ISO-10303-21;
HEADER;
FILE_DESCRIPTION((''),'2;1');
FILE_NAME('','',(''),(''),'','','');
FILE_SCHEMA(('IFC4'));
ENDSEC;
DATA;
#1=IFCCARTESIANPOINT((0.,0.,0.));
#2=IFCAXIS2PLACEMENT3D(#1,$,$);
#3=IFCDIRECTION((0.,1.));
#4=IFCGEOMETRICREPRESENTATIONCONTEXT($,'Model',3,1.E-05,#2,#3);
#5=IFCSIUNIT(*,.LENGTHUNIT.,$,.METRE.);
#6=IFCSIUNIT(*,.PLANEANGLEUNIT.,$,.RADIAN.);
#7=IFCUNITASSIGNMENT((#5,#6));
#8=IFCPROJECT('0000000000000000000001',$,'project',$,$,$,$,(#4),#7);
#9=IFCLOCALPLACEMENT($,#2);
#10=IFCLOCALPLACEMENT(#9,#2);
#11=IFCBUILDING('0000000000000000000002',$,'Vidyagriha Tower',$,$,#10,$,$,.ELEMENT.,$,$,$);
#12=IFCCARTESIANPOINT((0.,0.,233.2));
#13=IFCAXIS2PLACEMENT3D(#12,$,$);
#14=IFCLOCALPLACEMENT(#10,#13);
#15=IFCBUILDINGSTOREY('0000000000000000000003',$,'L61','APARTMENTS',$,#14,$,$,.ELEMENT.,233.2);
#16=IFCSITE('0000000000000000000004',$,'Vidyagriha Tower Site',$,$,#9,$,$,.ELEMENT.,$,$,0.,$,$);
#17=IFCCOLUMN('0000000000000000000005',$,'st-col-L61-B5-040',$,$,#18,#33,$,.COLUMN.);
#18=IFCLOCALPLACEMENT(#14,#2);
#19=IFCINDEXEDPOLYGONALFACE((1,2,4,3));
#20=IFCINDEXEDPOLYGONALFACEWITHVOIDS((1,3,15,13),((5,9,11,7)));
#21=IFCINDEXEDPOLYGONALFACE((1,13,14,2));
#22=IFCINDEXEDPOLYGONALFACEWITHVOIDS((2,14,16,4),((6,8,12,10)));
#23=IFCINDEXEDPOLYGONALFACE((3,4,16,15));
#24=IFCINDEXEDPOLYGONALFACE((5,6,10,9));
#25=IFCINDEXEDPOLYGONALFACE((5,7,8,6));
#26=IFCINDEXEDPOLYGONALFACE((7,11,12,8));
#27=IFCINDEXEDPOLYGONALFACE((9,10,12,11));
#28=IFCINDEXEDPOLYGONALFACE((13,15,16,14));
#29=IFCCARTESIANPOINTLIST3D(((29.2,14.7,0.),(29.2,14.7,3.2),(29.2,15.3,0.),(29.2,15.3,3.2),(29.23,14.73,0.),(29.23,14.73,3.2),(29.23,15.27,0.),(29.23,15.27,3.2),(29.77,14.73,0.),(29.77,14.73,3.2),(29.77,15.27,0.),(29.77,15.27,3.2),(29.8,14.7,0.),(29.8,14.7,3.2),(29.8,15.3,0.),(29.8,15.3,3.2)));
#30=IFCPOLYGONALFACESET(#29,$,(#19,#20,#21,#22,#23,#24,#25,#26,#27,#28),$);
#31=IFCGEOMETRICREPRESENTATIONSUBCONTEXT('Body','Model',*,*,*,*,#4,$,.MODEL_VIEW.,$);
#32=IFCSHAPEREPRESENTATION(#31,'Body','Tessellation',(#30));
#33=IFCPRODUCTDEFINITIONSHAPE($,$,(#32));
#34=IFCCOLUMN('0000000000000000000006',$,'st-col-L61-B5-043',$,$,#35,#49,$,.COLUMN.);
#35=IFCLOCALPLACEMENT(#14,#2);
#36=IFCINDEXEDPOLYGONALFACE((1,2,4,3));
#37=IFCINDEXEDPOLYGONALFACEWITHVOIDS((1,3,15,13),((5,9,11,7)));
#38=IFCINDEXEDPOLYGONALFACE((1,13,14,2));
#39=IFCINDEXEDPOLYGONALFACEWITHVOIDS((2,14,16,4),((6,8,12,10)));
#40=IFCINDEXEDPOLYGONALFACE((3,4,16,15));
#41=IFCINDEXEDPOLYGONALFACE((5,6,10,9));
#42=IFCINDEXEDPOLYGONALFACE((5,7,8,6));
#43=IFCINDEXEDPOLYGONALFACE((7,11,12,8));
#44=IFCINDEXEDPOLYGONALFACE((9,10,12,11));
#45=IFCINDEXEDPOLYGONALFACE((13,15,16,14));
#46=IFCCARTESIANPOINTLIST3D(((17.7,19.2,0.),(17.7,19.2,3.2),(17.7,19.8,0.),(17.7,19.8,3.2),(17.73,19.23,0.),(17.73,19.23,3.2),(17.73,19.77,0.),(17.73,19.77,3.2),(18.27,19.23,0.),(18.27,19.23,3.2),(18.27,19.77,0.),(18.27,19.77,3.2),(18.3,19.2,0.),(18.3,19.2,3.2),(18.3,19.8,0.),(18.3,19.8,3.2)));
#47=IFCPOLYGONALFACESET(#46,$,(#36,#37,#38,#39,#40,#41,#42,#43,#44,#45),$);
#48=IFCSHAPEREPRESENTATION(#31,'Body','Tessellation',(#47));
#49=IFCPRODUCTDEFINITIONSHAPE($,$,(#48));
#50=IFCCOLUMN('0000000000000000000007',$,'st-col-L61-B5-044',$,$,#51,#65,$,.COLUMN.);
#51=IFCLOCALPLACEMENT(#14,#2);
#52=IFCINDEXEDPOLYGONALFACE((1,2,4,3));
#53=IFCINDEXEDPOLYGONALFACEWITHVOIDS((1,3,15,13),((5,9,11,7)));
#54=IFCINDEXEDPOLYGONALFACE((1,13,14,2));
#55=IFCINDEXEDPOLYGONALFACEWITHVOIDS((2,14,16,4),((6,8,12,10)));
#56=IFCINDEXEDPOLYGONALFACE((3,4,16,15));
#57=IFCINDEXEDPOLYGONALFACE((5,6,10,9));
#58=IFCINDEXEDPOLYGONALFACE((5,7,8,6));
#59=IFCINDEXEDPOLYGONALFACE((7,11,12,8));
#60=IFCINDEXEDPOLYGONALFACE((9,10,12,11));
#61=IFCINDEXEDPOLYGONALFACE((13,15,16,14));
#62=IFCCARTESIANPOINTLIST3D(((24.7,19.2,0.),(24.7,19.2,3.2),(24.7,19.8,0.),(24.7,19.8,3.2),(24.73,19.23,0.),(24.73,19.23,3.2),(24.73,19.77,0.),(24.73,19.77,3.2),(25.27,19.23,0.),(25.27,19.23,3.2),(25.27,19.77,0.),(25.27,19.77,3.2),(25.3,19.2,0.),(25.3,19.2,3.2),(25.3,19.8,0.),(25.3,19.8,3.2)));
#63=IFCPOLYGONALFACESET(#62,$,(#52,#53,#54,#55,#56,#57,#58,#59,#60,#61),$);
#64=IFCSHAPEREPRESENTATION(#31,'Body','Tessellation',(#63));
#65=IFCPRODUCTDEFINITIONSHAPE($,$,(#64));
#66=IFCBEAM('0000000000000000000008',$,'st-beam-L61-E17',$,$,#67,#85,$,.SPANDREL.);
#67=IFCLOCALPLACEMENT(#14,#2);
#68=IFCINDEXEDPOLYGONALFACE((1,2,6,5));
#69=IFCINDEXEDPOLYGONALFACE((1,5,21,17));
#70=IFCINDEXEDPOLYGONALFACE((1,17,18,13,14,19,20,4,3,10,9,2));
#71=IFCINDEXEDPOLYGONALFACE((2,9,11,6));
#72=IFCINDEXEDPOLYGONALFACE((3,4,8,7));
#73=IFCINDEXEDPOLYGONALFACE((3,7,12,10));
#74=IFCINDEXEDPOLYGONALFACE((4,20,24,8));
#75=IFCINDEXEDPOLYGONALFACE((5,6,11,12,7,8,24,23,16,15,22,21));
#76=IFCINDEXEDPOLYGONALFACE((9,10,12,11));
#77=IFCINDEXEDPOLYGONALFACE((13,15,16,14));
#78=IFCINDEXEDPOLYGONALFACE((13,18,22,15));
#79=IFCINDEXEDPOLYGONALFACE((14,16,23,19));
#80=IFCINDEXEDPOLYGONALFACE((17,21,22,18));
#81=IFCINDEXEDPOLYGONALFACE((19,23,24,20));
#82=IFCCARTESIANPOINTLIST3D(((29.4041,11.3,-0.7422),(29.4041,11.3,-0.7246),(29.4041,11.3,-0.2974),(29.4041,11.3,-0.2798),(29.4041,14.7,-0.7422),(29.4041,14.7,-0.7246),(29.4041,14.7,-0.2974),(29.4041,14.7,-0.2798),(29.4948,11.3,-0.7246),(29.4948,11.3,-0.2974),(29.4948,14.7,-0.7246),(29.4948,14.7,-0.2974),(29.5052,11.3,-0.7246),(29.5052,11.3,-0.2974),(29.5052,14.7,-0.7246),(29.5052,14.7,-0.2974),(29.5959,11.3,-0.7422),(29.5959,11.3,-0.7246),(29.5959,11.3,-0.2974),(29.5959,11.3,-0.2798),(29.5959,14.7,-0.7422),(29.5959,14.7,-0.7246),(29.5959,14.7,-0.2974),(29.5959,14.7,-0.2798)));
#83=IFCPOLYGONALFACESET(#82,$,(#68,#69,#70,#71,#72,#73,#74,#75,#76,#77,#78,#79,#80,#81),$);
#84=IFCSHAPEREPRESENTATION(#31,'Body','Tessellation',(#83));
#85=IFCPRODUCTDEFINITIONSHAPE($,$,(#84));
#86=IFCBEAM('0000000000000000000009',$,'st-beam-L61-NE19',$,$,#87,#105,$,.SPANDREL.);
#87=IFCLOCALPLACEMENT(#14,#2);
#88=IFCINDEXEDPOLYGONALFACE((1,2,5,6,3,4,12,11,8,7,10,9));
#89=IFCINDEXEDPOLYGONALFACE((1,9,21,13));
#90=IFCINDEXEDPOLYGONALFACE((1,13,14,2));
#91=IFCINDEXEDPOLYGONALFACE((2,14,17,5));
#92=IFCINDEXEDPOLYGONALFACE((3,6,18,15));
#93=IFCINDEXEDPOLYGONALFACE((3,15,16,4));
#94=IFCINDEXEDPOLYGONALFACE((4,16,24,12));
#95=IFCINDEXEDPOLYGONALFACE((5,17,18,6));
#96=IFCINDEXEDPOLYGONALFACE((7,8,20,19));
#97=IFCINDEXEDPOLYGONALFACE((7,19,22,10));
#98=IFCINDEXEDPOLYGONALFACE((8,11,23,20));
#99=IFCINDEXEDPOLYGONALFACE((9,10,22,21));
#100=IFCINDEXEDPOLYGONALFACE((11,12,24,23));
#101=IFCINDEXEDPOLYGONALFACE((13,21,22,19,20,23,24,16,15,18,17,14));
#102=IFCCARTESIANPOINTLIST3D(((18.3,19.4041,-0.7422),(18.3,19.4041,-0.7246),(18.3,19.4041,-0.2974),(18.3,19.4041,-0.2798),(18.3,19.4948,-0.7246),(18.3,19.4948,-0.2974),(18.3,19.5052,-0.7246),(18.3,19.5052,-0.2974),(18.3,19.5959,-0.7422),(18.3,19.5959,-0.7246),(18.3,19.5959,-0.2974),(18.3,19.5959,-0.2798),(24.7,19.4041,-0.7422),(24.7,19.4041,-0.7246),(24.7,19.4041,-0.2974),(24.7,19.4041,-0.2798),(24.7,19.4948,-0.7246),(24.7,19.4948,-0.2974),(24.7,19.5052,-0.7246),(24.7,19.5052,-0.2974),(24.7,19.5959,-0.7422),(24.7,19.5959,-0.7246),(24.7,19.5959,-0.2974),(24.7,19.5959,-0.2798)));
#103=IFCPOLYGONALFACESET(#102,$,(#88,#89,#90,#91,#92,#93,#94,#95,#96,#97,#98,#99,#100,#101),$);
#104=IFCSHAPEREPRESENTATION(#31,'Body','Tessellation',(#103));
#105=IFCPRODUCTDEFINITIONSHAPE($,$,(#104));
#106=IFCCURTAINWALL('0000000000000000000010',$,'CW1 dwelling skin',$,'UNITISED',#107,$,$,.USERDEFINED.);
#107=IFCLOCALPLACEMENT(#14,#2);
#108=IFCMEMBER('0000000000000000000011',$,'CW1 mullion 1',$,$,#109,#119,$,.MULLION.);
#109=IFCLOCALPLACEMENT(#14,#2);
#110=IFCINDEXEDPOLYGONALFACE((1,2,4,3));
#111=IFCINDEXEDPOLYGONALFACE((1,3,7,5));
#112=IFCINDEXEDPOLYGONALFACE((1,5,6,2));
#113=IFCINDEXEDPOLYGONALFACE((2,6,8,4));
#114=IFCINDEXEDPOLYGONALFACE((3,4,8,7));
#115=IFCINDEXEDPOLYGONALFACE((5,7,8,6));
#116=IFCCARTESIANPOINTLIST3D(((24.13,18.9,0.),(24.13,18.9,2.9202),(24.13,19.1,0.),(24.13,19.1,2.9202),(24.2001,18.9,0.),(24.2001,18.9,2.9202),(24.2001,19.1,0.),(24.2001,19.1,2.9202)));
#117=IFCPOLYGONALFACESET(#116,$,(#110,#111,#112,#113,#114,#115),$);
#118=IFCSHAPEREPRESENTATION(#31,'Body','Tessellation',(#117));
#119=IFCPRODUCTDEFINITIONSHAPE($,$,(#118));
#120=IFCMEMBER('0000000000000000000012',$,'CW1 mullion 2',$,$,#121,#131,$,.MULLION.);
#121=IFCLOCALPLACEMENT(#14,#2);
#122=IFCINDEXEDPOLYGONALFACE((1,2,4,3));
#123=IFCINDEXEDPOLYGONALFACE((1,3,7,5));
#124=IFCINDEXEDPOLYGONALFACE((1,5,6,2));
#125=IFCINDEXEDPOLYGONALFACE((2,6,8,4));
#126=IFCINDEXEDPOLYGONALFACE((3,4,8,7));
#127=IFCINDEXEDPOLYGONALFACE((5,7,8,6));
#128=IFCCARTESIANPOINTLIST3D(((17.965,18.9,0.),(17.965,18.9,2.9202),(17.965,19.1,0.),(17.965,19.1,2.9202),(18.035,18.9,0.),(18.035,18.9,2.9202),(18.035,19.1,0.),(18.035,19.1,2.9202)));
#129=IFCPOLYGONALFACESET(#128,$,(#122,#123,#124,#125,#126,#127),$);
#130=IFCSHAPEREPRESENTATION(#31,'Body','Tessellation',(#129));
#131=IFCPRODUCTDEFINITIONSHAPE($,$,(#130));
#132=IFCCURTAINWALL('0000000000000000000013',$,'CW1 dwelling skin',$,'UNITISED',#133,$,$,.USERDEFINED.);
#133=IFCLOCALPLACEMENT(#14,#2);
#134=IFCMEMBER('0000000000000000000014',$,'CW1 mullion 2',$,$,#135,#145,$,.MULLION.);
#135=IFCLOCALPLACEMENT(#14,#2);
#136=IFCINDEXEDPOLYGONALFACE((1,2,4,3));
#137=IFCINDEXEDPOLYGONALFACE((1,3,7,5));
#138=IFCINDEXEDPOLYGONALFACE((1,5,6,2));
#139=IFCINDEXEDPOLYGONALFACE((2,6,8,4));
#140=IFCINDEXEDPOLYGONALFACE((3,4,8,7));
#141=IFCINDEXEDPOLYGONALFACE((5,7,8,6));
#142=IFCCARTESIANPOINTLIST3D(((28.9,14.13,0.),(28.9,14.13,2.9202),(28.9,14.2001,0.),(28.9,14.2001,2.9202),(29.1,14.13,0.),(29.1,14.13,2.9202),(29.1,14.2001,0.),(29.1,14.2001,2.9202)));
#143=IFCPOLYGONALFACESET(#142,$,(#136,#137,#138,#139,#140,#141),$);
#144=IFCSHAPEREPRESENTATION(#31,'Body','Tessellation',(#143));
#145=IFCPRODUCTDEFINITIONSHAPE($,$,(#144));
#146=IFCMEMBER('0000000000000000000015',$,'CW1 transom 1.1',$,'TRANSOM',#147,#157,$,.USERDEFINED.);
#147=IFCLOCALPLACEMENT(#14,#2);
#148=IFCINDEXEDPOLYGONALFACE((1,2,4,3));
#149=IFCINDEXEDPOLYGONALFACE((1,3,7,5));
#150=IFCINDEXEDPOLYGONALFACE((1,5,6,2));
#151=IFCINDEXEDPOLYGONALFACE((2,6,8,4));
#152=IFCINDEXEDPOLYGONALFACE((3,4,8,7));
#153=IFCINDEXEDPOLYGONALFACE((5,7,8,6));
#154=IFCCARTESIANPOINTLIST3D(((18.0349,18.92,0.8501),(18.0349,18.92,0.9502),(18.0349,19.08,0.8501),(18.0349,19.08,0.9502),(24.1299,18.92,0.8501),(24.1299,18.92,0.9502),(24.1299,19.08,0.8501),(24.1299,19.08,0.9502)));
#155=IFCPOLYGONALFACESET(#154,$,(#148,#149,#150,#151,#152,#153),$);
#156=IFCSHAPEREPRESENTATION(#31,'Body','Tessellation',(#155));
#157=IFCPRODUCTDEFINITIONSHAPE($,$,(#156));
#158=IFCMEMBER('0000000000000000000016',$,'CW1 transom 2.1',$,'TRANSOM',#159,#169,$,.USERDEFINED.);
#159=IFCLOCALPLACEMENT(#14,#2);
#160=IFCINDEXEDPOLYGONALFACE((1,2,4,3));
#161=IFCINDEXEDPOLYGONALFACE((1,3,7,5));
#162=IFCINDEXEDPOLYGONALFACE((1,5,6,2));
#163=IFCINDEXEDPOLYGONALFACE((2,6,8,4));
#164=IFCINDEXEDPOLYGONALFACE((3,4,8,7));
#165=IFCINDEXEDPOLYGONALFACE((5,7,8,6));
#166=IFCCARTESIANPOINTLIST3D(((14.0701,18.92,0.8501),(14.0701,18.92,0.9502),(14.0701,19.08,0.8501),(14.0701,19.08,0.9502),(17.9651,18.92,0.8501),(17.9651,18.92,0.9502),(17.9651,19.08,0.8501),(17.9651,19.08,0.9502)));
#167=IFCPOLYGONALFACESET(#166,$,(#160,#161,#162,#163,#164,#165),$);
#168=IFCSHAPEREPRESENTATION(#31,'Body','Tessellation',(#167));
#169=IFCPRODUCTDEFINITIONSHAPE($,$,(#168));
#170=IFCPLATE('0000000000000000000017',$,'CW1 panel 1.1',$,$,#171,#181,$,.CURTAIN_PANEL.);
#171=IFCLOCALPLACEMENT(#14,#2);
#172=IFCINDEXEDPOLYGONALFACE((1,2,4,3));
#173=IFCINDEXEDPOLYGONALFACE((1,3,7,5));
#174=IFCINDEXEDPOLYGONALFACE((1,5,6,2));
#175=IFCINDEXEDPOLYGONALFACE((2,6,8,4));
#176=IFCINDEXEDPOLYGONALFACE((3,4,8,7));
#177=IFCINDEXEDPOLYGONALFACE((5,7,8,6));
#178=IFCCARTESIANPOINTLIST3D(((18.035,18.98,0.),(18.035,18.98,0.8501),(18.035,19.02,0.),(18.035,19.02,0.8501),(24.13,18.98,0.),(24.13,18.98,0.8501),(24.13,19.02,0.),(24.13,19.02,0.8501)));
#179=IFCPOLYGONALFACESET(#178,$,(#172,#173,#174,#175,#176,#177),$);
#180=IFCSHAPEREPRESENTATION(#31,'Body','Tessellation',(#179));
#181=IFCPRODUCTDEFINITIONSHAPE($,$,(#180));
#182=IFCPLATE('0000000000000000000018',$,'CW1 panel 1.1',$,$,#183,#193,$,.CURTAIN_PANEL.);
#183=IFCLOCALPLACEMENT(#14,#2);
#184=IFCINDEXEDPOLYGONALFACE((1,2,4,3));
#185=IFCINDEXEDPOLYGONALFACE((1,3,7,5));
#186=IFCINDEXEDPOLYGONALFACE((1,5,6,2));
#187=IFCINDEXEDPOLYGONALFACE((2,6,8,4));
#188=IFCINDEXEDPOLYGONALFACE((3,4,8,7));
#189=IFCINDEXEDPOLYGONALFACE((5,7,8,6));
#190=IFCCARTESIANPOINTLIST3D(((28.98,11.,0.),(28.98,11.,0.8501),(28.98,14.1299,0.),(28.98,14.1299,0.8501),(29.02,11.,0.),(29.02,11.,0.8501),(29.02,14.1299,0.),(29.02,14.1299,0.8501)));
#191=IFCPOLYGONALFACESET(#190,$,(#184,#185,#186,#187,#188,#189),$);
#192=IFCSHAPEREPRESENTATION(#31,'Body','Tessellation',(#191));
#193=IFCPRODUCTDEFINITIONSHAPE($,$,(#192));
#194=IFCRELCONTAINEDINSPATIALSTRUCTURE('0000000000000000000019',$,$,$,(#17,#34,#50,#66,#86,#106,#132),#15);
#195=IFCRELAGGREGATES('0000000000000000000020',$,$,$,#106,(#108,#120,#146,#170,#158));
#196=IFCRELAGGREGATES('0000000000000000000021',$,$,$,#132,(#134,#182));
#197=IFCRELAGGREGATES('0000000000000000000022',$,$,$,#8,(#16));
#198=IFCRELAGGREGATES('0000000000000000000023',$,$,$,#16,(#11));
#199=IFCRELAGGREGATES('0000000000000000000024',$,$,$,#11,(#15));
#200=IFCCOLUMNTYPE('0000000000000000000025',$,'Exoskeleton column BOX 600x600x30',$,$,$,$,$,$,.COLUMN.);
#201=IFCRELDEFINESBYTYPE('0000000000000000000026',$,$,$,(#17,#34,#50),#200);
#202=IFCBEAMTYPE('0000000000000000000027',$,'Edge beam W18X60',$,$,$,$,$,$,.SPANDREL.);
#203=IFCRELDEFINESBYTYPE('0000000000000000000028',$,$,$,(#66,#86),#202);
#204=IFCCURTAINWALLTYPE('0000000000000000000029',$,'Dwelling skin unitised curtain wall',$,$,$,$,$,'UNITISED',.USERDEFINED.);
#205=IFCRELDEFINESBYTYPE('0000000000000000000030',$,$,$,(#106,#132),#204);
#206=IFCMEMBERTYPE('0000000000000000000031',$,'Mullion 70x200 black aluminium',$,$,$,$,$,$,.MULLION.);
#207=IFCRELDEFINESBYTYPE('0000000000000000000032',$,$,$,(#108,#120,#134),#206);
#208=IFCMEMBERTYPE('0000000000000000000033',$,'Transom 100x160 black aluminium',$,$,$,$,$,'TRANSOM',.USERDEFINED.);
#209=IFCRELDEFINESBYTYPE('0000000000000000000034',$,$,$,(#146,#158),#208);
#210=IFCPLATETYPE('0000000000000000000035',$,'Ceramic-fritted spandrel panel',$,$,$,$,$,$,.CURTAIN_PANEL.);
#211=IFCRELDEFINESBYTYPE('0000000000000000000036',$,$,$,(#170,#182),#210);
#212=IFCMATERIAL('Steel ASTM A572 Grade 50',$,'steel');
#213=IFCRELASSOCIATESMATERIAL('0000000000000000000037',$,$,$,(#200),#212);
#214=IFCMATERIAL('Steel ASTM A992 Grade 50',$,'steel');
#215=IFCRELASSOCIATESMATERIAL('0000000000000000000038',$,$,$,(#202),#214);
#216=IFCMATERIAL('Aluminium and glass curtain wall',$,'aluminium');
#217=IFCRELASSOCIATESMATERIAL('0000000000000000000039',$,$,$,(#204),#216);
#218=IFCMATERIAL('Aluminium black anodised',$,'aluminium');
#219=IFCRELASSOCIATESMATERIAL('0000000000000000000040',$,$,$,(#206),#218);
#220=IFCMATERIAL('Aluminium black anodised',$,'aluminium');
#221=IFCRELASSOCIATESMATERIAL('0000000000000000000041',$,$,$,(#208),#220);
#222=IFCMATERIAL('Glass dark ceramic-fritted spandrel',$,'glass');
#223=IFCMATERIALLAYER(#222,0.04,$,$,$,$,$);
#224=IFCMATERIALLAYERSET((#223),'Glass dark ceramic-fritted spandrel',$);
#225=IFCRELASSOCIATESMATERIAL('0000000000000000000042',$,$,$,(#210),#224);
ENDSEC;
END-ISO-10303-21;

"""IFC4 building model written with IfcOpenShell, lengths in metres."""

from ifc_helpers import new_model, si_unit, direction, frame, origin, origin_2d, place, context, subcontext, project, spatial, rectangle, hollow_rectangle, i_section, extrude, material, layer, layer_set, material_profile, profile_set, type_object, element, aggregate, save


model = new_model("IFC4")

# Units and contexts
model_context = context("Model", 3, precision=1e-05, world=origin(), true_north=direction((0.0, 1.0)))
body_context = subcontext(model_context, "Body", "Model", "MODEL_VIEW")
ifc_project = project(units=[si_unit("LENGTHUNIT", "METRE"), si_unit("PLANEANGLEUNIT", "RADIAN")], contexts=[model_context])

# Site, building, storey
site_placement = place(None, origin())
site = spatial("IfcSite", under=ifc_project, at=site_placement, Name="Vidyagriha Tower Site", CompositionType="ELEMENT", RefElevation=0.0)
building_placement = place(site_placement, origin())
building = spatial("IfcBuilding", under=site, at=building_placement, Name="Vidyagriha Tower", CompositionType="ELEMENT")
storey_placement = place(building_placement, frame((0.0, 0.0, 233.2)))
storey = spatial("IfcBuildingStorey", under=building, at=storey_placement, Name="L61", Description="APARTMENTS", CompositionType="ELEMENT", Elevation=233.2)

# Columns
ifc_material_1 = material(Name="Steel ASTM A572 Grade 50", Category="steel")
ifc_material_profile_1 = material_profile(ifc_material_1, hollow_rectangle(XDim=0.6001, YDim=0.6001, WallThickness=0.03, at=origin_2d()), Name="BOX 600x600x30")
ifc_profile_set_1 = profile_set([ifc_material_profile_1], Name="Steel ASTM A572 Grade 50")
column_type = type_object("IfcColumnType", Name="Exoskeleton column BOX 600x600x30", PredefinedType="COLUMN", material=ifc_profile_set_1)
for number, where, name in (
    (1, (29.5, 15.0, 0.0), "st-col-L61-B5-040"),
    (2, (18.0, 19.5, 0.0), "st-col-L61-B5-043"),
    (3, (25.0, 19.5, 0.0), "st-col-L61-B5-044"),
):
    element("IfcColumn", number, at=place(storey_placement, frame(where)), inside=storey, type_object=column_type, Name=name, PredefinedType="COLUMN", context=body_context, shape_type="SweptSolid", body=[
        extrude(hollow_rectangle(XDim=0.6001, YDim=0.6001, WallThickness=0.03, at=origin_2d()), origin(), (0.0, 0.0, 1.0), 3.2),
    ])

# Beams
ifc_material_2 = material(Name="Steel ASTM A992 Grade 50", Category="steel")
ifc_material_profile_2 = material_profile(ifc_material_2, i_section(OverallWidth=0.1919, OverallDepth=0.4624, WebThickness=0.0105, FlangeThickness=0.0176, at=origin_2d()), Name="W18X60")
ifc_profile_set_2 = profile_set([ifc_material_profile_2], Name="Steel ASTM A992 Grade 50")
beam_type = type_object("IfcBeamType", Name="Edge beam W18X60", PredefinedType="SPANDREL", material=ifc_profile_set_2)
beam_1_placement = place(storey_placement, frame((29.5, 11.3, -0.511), z_axis=(0.0, 1.0, 0.0), x_axis=(-1.0, 0.0, 0.0)))
element("IfcBeam", 4, at=beam_1_placement, inside=storey, type_object=beam_type, Name="st-beam-L61-E17", PredefinedType="SPANDREL", context=body_context, shape_type="SweptSolid", body=[
    extrude(i_section(OverallWidth=0.1919, OverallDepth=0.4624, WebThickness=0.0105, FlangeThickness=0.0176, at=origin_2d()), origin(), (0.0, 0.0, 1.0), 3.3999),
])
beam_2_placement = place(storey_placement, frame((18.3, 19.5, -0.511), z_axis=(1.0, 0.0, 0.0), x_axis=(0.0, 1.0, 0.0)))
element("IfcBeam", 5, at=beam_2_placement, inside=storey, type_object=beam_type, Name="st-beam-L61-NE19", PredefinedType="SPANDREL", context=body_context, shape_type="SweptSolid", body=[
    extrude(i_section(OverallWidth=0.1919, OverallDepth=0.4624, WebThickness=0.0105, FlangeThickness=0.0176, at=origin_2d()), origin(), (0.0, 0.0, 1.0), 6.3999),
])

# Curtain wall, members
ifc_material_3 = material(Name="Aluminium and glass curtain wall", Category="aluminium")
curtain_wall_type = type_object("IfcCurtainWallType", Name="Dwelling skin unitised curtain wall", ElementType="UNITISED", PredefinedType="USERDEFINED", material=ifc_material_3)
curtain_wall_1_placement = place(storey_placement, origin())
curtain_wall_1 = element("IfcCurtainWall", 6, at=curtain_wall_1_placement, inside=storey, type_object=curtain_wall_type, Name="CW1 dwelling skin", ObjectType="UNITISED", PredefinedType="USERDEFINED")
ifc_material_4 = material(Name="Aluminium black anodised", Category="aluminium")
ifc_material_profile_3 = material_profile(ifc_material_4, rectangle(XDim=0.2, YDim=0.0701, at=origin_2d()), Name="Mullion 70x200 black aluminium")
ifc_profile_set_3 = profile_set([ifc_material_profile_3], Name="Aluminium black anodised")
member_type_1 = type_object("IfcMemberType", Name="Mullion 70x200 black aluminium", PredefinedType="MULLION", material=ifc_profile_set_3)
member_1_placement = place(storey_placement, frame((24.165, 19.0, 0.0), z_axis=(0.0, 0.0, 1.0), x_axis=(0.0, -1.0, 0.0)))
member_1 = element("IfcMember", 7, at=member_1_placement, type_object=member_type_1, Name="CW1 mullion 1", PredefinedType="MULLION", context=body_context, shape_type="SweptSolid", body=[
    extrude(rectangle(XDim=0.2, YDim=0.0701, at=origin_2d()), origin(), (0.0, 0.0, 1.0), 2.9202),
])
member_2_placement = place(storey_placement, frame((18.0, 19.0, 0.0), z_axis=(0.0, 0.0, 1.0), x_axis=(0.0, -1.0, 0.0)))
member_2 = element("IfcMember", 8, at=member_2_placement, type_object=member_type_1, Name="CW1 mullion 2", PredefinedType="MULLION", context=body_context, shape_type="SweptSolid", body=[
    extrude(rectangle(XDim=0.2, YDim=0.0701, at=origin_2d()), origin(), (0.0, 0.0, 1.0), 2.9202),
])

# Curtain wall, member
curtain_wall_2_placement = place(storey_placement, origin())
curtain_wall_2 = element("IfcCurtainWall", 9, at=curtain_wall_2_placement, inside=storey, type_object=curtain_wall_type, Name="CW1 dwelling skin", ObjectType="UNITISED", PredefinedType="USERDEFINED")
member_3_placement = place(storey_placement, frame((29.0, 14.165, 0.0), z_axis=(0.0, 0.0, 1.0), x_axis=(-1.0, 0.0, 0.0)))
member_3 = element("IfcMember", 10, at=member_3_placement, type_object=member_type_1, Name="CW1 mullion 2", PredefinedType="MULLION", context=body_context, shape_type="SweptSolid", body=[
    extrude(rectangle(XDim=0.2, YDim=0.0701, at=origin_2d()), origin(), (0.0, 0.0, 1.0), 2.9202),
])

# Members
ifc_material_5 = material(Name="Aluminium black anodised", Category="aluminium")
ifc_material_profile_4 = material_profile(ifc_material_5, rectangle(XDim=0.1599, YDim=0.1001, at=origin_2d()), Name="Transom 100x160 black aluminium")
ifc_profile_set_4 = profile_set([ifc_material_profile_4], Name="Aluminium black anodised")
member_type_2 = type_object("IfcMemberType", Name="Transom 100x160 black aluminium", ElementType="TRANSOM", PredefinedType="USERDEFINED", material=ifc_profile_set_4)
member_4_placement = place(storey_placement, frame((24.1299, 19.0, 0.9001), z_axis=(-1.0, 0.0, 0.0), x_axis=(0.0, -1.0, 0.0)))
member_4 = element("IfcMember", 11, at=member_4_placement, type_object=member_type_2, Name="CW1 transom 1.1", ObjectType="TRANSOM", PredefinedType="USERDEFINED", context=body_context, shape_type="SweptSolid", body=[
    extrude(rectangle(XDim=0.1599, YDim=0.1001, at=origin_2d()), origin(), (0.0, 0.0, 1.0), 6.095),
])
member_5_placement = place(storey_placement, frame((17.9651, 19.0, 0.9001), z_axis=(-1.0, 0.0, 0.0), x_axis=(0.0, -1.0, 0.0)))
member_5 = element("IfcMember", 12, at=member_5_placement, type_object=member_type_2, Name="CW1 transom 2.1", ObjectType="TRANSOM", PredefinedType="USERDEFINED", context=body_context, shape_type="SweptSolid", body=[
    extrude(rectangle(XDim=0.1599, YDim=0.1001, at=origin_2d()), origin(), (0.0, 0.0, 1.0), 3.895),
])

# Plates
ifc_material_6 = material(Name="Glass dark ceramic-fritted spandrel", Category="glass")
ifc_layer_1 = layer(ifc_material_6, 0.04)
ifc_layer_set_1 = layer_set([ifc_layer_1], Name="Glass dark ceramic-fritted spandrel")
plate_type_1 = type_object("IfcPlateType", Name="Ceramic-fritted spandrel panel", PredefinedType="CURTAIN_PANEL", material=ifc_layer_set_1)
plate_1_placement = place(storey_placement, frame((21.0825, 19.0, 0.0), z_axis=(0.0, 0.0, 1.0), x_axis=(-1.0, 0.0, 0.0)))
plate_1 = element("IfcPlate", 13, at=plate_1_placement, type_object=plate_type_1, Name="CW1 panel 1.1", PredefinedType="CURTAIN_PANEL", context=body_context, shape_type="SweptSolid", body=[
    extrude(rectangle(XDim=6.095, YDim=0.04, at=origin_2d()), origin(), (0.0, 0.0, 1.0), 0.8501),
])
plate_2_placement = place(storey_placement, frame((29.0, 12.5649, 0.0), z_axis=(0.0, 0.0, 1.0), x_axis=(0.0, 1.0, 0.0)))
plate_2 = element("IfcPlate", 14, at=plate_2_placement, type_object=plate_type_1, Name="CW1 panel 1.1", PredefinedType="CURTAIN_PANEL", context=body_context, shape_type="SweptSolid", body=[
    extrude(rectangle(XDim=3.1299, YDim=0.04, at=origin_2d()), origin(), (0.0, 0.0, 1.0), 0.8501),
])
aggregate(curtain_wall_1, [member_1, member_2, member_4, plate_1, member_5])
aggregate(curtain_wall_2, [member_3, plate_2])

save(model, "model.ifc")
